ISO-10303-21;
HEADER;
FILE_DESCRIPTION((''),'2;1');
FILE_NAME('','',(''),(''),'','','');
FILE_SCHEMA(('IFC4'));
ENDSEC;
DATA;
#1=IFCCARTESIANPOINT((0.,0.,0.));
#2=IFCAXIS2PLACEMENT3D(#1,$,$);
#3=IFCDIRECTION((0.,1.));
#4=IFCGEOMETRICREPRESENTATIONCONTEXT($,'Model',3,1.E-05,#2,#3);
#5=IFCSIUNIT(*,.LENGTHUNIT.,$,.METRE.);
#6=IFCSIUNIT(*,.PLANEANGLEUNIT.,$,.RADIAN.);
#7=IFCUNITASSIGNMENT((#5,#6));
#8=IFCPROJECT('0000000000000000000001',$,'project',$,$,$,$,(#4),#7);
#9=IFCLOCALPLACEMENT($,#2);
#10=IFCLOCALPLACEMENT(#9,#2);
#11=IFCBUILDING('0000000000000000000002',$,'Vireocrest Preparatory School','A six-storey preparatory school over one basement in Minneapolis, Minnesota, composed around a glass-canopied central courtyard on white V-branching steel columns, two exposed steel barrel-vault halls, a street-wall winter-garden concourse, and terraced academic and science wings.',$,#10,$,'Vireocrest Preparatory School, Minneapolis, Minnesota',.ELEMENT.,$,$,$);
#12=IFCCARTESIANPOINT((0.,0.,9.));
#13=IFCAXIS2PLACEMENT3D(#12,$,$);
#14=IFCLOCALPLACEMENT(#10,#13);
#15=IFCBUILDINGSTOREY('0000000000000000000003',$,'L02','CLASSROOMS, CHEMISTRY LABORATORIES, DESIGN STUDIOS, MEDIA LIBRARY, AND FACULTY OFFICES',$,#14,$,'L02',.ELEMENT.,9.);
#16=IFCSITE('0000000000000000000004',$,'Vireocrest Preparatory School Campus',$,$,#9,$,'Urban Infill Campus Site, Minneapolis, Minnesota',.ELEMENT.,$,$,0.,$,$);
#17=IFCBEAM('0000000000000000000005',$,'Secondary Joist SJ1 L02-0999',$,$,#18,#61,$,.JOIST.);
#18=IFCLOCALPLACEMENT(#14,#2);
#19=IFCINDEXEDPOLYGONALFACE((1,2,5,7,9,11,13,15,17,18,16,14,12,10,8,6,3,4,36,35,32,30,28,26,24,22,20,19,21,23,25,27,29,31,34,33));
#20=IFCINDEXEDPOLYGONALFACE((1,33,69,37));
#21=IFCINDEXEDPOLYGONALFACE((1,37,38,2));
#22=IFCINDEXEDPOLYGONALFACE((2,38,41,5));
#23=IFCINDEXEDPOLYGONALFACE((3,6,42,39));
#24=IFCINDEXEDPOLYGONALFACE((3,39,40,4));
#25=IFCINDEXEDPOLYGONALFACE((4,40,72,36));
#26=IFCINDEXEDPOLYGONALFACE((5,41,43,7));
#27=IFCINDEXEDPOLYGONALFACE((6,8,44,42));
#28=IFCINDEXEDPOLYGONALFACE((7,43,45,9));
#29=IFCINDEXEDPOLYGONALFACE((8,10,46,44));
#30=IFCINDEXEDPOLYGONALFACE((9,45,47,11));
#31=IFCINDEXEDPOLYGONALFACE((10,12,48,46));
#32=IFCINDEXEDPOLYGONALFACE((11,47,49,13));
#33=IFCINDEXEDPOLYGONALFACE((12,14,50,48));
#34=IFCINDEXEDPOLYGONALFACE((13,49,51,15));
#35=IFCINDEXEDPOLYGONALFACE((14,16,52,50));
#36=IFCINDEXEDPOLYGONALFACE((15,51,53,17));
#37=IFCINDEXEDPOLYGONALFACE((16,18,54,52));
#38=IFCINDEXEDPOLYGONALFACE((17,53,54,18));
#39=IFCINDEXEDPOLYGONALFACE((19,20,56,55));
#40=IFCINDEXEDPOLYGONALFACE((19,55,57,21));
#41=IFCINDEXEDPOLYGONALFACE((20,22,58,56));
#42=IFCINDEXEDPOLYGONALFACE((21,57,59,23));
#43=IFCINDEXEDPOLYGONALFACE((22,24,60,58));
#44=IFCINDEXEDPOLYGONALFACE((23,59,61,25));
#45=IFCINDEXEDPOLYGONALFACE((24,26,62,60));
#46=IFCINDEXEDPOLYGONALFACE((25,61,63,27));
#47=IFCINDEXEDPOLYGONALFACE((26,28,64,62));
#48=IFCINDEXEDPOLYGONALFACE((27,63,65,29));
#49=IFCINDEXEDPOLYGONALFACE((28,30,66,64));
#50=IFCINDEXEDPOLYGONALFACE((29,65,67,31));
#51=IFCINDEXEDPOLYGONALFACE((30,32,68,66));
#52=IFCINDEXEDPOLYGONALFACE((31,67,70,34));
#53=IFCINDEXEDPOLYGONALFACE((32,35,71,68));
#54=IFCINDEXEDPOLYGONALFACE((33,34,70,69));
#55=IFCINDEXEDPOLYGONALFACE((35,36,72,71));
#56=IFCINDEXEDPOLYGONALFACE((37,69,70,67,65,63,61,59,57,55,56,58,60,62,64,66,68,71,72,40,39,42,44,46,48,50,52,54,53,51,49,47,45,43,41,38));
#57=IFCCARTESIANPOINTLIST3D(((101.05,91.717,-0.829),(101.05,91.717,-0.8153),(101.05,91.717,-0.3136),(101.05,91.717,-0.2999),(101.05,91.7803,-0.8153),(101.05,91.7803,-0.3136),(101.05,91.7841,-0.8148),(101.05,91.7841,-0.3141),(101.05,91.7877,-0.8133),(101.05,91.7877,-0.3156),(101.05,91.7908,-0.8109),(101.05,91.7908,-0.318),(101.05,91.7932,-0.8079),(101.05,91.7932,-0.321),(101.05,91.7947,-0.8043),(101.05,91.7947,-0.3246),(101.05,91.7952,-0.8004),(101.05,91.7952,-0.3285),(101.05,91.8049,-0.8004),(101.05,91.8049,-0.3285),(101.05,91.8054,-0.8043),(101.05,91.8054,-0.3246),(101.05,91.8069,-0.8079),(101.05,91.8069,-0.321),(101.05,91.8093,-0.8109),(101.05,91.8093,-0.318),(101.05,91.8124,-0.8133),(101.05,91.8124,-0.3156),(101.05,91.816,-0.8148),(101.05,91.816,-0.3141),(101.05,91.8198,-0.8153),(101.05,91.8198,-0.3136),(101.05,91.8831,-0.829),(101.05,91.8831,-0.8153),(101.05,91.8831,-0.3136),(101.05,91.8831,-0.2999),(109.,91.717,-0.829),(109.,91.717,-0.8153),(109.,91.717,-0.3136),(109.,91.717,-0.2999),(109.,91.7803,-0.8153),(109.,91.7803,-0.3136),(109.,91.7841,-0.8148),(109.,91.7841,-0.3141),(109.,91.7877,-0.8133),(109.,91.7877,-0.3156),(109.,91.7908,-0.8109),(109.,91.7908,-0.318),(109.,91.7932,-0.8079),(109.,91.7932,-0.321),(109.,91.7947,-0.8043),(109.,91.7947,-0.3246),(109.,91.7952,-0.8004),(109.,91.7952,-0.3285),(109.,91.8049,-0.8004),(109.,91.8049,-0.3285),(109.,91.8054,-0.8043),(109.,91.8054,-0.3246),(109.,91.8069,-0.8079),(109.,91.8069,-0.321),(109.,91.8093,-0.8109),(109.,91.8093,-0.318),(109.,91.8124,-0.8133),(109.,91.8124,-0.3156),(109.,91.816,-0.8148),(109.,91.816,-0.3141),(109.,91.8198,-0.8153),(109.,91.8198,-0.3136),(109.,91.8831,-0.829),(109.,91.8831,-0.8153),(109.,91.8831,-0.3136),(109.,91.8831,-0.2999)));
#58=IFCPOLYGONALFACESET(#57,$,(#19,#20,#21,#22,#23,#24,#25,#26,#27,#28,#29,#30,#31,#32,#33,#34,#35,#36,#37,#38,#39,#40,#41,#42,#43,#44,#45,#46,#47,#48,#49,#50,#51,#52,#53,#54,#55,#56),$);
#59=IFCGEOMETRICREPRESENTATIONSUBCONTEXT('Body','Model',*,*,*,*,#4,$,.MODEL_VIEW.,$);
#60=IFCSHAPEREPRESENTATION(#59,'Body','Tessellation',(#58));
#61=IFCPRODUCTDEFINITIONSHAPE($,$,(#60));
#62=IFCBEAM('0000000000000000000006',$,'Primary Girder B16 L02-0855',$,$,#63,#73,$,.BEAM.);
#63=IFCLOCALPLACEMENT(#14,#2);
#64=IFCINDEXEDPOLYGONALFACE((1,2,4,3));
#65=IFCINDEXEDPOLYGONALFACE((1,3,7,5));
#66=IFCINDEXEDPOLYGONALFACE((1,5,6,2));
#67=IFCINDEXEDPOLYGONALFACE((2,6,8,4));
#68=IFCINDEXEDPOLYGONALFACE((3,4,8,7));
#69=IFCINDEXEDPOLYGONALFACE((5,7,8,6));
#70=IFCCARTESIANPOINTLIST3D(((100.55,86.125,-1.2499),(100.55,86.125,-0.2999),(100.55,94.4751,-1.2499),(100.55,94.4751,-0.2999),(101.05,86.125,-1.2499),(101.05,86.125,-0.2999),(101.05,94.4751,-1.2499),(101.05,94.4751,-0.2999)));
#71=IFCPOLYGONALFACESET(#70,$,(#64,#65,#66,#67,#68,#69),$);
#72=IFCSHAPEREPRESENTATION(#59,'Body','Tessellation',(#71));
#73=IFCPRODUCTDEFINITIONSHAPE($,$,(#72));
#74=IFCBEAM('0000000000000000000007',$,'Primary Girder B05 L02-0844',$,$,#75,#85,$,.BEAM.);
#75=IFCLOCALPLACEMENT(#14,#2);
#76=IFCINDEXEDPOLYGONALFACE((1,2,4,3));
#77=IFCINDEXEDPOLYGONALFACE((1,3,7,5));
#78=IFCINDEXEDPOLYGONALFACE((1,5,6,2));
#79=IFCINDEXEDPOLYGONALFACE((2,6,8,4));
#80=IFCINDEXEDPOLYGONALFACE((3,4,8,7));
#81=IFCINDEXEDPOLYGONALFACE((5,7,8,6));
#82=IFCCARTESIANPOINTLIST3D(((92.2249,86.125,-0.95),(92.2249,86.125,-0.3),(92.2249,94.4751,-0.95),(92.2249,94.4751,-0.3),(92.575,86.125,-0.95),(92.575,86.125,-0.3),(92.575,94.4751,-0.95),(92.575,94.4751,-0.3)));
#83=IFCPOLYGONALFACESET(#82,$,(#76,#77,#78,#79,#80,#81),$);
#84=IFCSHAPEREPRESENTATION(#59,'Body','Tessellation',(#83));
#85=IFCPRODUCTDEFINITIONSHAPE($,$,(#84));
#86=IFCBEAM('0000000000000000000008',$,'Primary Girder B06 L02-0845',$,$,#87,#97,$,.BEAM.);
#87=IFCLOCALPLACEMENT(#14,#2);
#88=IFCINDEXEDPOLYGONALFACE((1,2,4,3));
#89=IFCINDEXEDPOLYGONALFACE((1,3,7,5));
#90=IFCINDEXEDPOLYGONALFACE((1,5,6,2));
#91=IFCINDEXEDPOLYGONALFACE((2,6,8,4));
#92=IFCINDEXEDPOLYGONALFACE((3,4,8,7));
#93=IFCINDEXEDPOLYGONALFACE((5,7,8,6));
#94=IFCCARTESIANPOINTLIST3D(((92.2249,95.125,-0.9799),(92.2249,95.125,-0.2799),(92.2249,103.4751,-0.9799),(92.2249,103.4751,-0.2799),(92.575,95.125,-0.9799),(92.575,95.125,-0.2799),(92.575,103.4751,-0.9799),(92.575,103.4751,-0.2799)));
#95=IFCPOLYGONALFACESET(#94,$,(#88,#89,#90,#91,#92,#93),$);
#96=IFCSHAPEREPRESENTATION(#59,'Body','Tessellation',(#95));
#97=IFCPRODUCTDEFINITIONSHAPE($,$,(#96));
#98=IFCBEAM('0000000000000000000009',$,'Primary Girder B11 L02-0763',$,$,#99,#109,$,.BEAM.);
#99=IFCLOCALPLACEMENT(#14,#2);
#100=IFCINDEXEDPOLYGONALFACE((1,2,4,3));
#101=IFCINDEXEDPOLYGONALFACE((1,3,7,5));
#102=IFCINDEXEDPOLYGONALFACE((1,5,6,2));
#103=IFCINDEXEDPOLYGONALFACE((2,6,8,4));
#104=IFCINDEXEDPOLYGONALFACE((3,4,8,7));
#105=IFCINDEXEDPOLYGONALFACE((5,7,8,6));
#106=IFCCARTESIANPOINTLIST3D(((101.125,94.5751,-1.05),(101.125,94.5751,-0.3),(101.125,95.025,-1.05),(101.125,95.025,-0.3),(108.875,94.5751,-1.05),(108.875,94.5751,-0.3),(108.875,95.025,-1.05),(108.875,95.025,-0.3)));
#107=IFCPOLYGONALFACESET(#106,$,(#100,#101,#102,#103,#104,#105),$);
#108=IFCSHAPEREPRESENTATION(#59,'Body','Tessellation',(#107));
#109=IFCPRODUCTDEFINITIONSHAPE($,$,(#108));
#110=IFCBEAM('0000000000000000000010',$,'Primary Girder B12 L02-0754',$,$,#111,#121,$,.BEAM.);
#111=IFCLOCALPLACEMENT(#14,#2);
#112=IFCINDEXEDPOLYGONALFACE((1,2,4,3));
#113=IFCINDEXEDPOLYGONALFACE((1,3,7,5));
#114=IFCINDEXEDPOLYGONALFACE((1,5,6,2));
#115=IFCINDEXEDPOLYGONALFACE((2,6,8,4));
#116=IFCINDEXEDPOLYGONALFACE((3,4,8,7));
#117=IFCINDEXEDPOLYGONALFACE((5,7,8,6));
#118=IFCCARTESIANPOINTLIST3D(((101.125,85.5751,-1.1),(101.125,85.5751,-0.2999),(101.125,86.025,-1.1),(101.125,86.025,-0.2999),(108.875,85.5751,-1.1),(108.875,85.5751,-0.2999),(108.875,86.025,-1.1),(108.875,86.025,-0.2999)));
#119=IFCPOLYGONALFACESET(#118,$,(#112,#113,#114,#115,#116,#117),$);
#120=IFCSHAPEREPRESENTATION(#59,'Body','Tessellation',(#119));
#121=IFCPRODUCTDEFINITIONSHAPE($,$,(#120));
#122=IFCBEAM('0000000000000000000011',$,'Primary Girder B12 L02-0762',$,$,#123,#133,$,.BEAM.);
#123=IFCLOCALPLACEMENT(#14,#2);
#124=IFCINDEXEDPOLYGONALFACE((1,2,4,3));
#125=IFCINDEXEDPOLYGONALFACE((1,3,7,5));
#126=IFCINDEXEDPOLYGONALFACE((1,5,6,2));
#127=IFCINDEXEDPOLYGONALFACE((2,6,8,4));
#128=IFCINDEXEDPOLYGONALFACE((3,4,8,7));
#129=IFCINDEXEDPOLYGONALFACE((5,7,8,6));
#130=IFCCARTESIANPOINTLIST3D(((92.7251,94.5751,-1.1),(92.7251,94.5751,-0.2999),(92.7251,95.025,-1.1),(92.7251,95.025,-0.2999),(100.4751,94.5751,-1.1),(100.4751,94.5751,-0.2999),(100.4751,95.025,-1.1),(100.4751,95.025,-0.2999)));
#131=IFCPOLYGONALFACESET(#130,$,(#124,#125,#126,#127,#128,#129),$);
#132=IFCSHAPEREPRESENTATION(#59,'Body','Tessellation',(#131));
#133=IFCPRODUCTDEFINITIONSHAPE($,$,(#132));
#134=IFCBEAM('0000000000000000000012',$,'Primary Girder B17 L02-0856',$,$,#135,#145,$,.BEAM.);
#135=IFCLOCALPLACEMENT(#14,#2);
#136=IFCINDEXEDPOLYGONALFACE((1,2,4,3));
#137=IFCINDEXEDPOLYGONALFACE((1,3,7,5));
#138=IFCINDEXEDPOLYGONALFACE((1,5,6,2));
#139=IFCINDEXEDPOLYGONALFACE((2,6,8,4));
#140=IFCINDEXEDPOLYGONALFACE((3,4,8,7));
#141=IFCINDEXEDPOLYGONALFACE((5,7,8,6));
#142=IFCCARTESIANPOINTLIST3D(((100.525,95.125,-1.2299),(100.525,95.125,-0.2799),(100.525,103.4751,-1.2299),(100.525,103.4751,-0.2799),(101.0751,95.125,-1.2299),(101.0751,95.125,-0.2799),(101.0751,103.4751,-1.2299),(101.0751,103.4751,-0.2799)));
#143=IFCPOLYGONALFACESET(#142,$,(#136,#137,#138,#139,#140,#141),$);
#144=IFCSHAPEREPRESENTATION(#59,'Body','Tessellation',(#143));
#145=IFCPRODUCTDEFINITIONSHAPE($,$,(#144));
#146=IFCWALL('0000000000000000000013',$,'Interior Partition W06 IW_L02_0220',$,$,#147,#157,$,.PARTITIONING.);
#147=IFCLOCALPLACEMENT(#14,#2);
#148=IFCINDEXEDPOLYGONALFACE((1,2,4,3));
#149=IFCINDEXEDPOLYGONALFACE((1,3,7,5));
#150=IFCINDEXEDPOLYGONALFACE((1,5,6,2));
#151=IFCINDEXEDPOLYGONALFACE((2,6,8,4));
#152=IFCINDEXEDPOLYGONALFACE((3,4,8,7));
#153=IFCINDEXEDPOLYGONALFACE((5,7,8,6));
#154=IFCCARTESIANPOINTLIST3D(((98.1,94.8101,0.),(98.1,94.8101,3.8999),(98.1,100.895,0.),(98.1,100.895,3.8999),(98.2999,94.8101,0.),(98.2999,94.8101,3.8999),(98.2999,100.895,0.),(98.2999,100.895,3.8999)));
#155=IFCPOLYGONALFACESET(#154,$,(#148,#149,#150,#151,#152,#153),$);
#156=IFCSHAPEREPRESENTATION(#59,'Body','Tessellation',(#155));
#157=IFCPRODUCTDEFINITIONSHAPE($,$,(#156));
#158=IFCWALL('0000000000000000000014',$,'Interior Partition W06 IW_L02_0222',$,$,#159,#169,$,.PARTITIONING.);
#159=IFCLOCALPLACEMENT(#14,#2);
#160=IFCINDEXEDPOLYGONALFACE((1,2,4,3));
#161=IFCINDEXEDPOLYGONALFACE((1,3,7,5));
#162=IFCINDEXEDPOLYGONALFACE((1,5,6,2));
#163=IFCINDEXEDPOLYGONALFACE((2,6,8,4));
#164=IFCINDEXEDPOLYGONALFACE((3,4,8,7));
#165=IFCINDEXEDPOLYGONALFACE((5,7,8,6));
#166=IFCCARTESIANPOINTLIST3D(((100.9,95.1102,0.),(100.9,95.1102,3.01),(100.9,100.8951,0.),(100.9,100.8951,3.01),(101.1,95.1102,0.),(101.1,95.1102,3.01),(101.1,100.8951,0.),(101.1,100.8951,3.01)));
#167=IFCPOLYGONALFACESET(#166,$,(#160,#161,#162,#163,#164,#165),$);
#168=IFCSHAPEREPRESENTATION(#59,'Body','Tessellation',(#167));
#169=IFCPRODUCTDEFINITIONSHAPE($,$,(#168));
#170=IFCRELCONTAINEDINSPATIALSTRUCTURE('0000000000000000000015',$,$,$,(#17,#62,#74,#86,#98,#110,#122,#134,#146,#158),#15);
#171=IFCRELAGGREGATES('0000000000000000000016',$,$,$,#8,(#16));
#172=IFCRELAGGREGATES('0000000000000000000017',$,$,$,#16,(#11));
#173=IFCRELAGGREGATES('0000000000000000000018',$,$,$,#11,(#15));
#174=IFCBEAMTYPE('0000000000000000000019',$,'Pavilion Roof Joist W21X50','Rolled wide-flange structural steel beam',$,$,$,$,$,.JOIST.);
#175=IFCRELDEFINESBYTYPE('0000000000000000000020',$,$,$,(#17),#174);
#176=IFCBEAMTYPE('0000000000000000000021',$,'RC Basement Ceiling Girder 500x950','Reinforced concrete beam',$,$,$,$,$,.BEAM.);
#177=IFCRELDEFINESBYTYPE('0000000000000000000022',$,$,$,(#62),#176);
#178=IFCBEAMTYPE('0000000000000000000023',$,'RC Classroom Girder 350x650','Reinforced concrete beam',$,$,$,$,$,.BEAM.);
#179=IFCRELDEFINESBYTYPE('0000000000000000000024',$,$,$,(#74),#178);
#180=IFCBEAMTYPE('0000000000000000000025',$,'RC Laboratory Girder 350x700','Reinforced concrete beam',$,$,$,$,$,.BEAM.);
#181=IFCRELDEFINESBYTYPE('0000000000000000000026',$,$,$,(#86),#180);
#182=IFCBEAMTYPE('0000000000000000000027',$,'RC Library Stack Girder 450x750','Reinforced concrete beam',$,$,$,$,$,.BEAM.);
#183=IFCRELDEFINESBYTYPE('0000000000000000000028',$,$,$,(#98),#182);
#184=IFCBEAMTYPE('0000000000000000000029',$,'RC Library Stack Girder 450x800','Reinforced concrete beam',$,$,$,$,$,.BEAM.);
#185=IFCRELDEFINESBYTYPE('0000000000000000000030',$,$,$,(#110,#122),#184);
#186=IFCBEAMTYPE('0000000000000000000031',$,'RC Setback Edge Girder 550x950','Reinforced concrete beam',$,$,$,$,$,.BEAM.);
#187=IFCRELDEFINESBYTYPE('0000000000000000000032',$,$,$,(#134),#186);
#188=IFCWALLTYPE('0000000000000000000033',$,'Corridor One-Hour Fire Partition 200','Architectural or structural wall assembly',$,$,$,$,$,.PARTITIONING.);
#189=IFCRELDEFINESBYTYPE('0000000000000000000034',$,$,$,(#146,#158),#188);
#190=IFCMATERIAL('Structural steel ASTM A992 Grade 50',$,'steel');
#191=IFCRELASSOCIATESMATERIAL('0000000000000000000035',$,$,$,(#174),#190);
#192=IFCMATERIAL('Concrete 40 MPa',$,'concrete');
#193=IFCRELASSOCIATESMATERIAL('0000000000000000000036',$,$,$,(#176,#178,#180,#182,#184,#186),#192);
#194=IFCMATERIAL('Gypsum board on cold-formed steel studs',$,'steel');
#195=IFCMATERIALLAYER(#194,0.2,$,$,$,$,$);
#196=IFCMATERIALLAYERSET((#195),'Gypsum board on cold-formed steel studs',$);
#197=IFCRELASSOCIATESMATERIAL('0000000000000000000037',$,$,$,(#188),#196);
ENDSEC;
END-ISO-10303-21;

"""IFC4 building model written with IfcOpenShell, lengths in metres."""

from ifc_helpers import new_model, si_unit, direction, frame, frame_2d, origin, origin_2d, place, context, subcontext, project, spatial, rectangle, i_section, extrude, material, layer, layer_set, material_profile, profile_set, type_object, element, save


model = new_model("IFC4")

# Units and contexts
model_context = context("Model", 3, precision=1e-05, world=origin(), true_north=direction((0.0, 1.0)))
body_context = subcontext(model_context, "Body", "Model", "MODEL_VIEW")
ifc_project = project(units=[si_unit("LENGTHUNIT", "METRE"), si_unit("PLANEANGLEUNIT", "RADIAN")], contexts=[model_context])

# Site, building, storey
site_placement = place(None, origin())
site = spatial("IfcSite", under=ifc_project, at=site_placement, Name="Vireocrest Preparatory School Campus", LongName="Urban Infill Campus Site, Minneapolis, Minnesota", CompositionType="ELEMENT", RefElevation=0.0)
building_placement = place(site_placement, origin())
building = spatial("IfcBuilding", under=site, at=building_placement, Name="Vireocrest Preparatory School", Description="A six-storey preparatory school over one basement in Minneapolis, Minnesota, composed around a glass-canopied central courtyard on white V-branching steel columns, two exposed steel barrel-vault halls, a street-wall winter-garden concourse, and terraced academic and science wings.", LongName="Vireocrest Preparatory School, Minneapolis, Minnesota", CompositionType="ELEMENT")
storey_placement = place(building_placement, frame((0.0, 0.0, 9.0)))
storey = spatial("IfcBuildingStorey", under=building, at=storey_placement, Name="L02", Description="CLASSROOMS, CHEMISTRY LABORATORIES, DESIGN STUDIOS, MEDIA LIBRARY, AND FACULTY OFFICES", LongName="L02", CompositionType="ELEMENT", Elevation=9.0)

# Beams
ifc_material_1 = material(Name="Structural steel ASTM A992 Grade 50", Category="steel")
ifc_material_profile_1 = material_profile(ifc_material_1, i_section(OverallWidth=0.166, OverallDepth=0.5291, WebThickness=0.0098, FlangeThickness=0.0137, FilletRadius=0.0149, at=origin_2d()), Name="W21X50")
ifc_profile_set_1 = profile_set([ifc_material_profile_1], Name="Structural steel ASTM A992 Grade 50")
beam_type_1 = type_object("IfcBeamType", Name="Pavilion Roof Joist W21X50", Description="Rolled wide-flange structural steel beam", PredefinedType="JOIST", material=ifc_profile_set_1)
for number, where, z_axis, x_axis, name in (
    (1, (101.05, 91.8, -0.5645), (1.0, 0.0, 0.0), (0.0, 1.0, 0.0), "Secondary Joist SJ1 L02-0999"),
):
    element("IfcBeam", number, at=place(storey_placement, frame(where, z_axis=z_axis, x_axis=x_axis)), inside=storey, type_object=beam_type_1, Name=name, PredefinedType="JOIST", context=body_context, shape_type="SweptSolid", body=[
        extrude(i_section(OverallWidth=0.166, OverallDepth=0.5291, WebThickness=0.0098, FlangeThickness=0.0137, FilletRadius=0.0149, at=origin_2d()), origin(), (0.0, 0.0, 1.0), 7.95),
    ])
ifc_material_2 = material(Name="Concrete 40 MPa", Category="concrete")
ifc_material_profile_2 = material_profile(ifc_material_2, rectangle(XDim=0.5, YDim=0.95, at=origin_2d()), Name="RC 500x950")
ifc_profile_set_2 = profile_set([ifc_material_profile_2], Name="Concrete 40 MPa")
beam_type_2 = type_object("IfcBeamType", Name="RC Basement Ceiling Girder 500x950", Description="Reinforced concrete beam", PredefinedType="BEAM", material=ifc_profile_set_2)
beam_1_placement = place(storey_placement, frame((100.8, 86.125, -0.7749), z_axis=(0.0, 1.0, 0.0), x_axis=(-1.0, 0.0, 0.0)))
element("IfcBeam", 2, at=beam_1_placement, inside=storey, type_object=beam_type_2, Name="Primary Girder B16 L02-0855", PredefinedType="BEAM", context=body_context, shape_type="SweptSolid", body=[
    extrude(rectangle(XDim=0.5, YDim=0.95, at=origin_2d()), origin(), (0.0, 0.0, 1.0), 8.3501),
])
ifc_material_profile_3 = material_profile(ifc_material_2, rectangle(XDim=0.3501, YDim=0.6499, at=origin_2d()), Name="RC 350x650")
ifc_profile_set_3 = profile_set([ifc_material_profile_3], Name="Concrete 40 MPa")
beam_type_3 = type_object("IfcBeamType", Name="RC Classroom Girder 350x650", Description="Reinforced concrete beam", PredefinedType="BEAM", material=ifc_profile_set_3)
beam_2_placement = place(storey_placement, frame((92.3999, 86.125, -0.625), z_axis=(0.0, 1.0, 0.0), x_axis=(-1.0, 0.0, 0.0)))
element("IfcBeam", 3, at=beam_2_placement, inside=storey, type_object=beam_type_3, Name="Primary Girder B05 L02-0844", PredefinedType="BEAM", context=body_context, shape_type="SweptSolid", body=[
    extrude(rectangle(XDim=0.3501, YDim=0.6499, at=origin_2d()), origin(), (0.0, 0.0, 1.0), 8.3501),
])
ifc_material_profile_4 = material_profile(ifc_material_2, rectangle(XDim=0.3501, YDim=0.7, at=origin_2d()), Name="RC 350x700")
ifc_profile_set_4 = profile_set([ifc_material_profile_4], Name="Concrete 40 MPa")
beam_type_4 = type_object("IfcBeamType", Name="RC Laboratory Girder 350x700", Description="Reinforced concrete beam", PredefinedType="BEAM", material=ifc_profile_set_4)
beam_3_placement = place(storey_placement, frame((92.3999, 95.125, -0.6299), z_axis=(0.0, 1.0, 0.0), x_axis=(-1.0, 0.0, 0.0)))
element("IfcBeam", 4, at=beam_3_placement, inside=storey, type_object=beam_type_4, Name="Primary Girder B06 L02-0845", PredefinedType="BEAM", context=body_context, shape_type="SweptSolid", body=[
    extrude(rectangle(XDim=0.3501, YDim=0.7, at=origin_2d()), origin(), (0.0, 0.0, 1.0), 8.3501),
])
ifc_material_profile_5 = material_profile(ifc_material_2, rectangle(XDim=0.45, YDim=0.75, at=origin_2d()), Name="RC 450x750")
ifc_profile_set_5 = profile_set([ifc_material_profile_5], Name="Concrete 40 MPa")
beam_type_5 = type_object("IfcBeamType", Name="RC Library Stack Girder 450x750", Description="Reinforced concrete beam", PredefinedType="BEAM", material=ifc_profile_set_5)
beam_4_placement = place(storey_placement, frame((101.125, 94.8, -0.675), z_axis=(1.0, 0.0, 0.0), x_axis=(0.0, 1.0, 0.0)))
element("IfcBeam", 5, at=beam_4_placement, inside=storey, type_object=beam_type_5, Name="Primary Girder B11 L02-0763", PredefinedType="BEAM", context=body_context, shape_type="SweptSolid", body=[
    extrude(rectangle(XDim=0.45, YDim=0.75, at=origin_2d()), origin(), (0.0, 0.0, 1.0), 7.75),
])
ifc_material_profile_6 = material_profile(ifc_material_2, rectangle(XDim=0.45, YDim=0.8, at=origin_2d()), Name="RC 450x800")
ifc_profile_set_6 = profile_set([ifc_material_profile_6], Name="Concrete 40 MPa")
beam_type_6 = type_object("IfcBeamType", Name="RC Library Stack Girder 450x800", Description="Reinforced concrete beam", PredefinedType="BEAM", material=ifc_profile_set_6)
for number, where, z_axis, x_axis, name in (
    (6, (101.125, 85.8, -0.7), (1.0, 0.0, 0.0), (0.0, 1.0, 0.0), "Primary Girder B12 L02-0754"),
    (7, (92.7251, 94.8, -0.7), (1.0, 0.0, 0.0), (0.0, 1.0, 0.0), "Primary Girder B12 L02-0762"),
):
    element("IfcBeam", number, at=place(storey_placement, frame(where, z_axis=z_axis, x_axis=x_axis)), inside=storey, type_object=beam_type_6, Name=name, PredefinedType="BEAM", context=body_context, shape_type="SweptSolid", body=[
        extrude(rectangle(XDim=0.45, YDim=0.8, at=origin_2d()), origin(), (0.0, 0.0, 1.0), 7.75),
    ])
ifc_material_profile_7 = material_profile(ifc_material_2, rectangle(XDim=0.55, YDim=0.95, at=origin_2d()), Name="RC 550x950")
ifc_profile_set_7 = profile_set([ifc_material_profile_7], Name="Concrete 40 MPa")
beam_type_7 = type_object("IfcBeamType", Name="RC Setback Edge Girder 550x950", Description="Reinforced concrete beam", PredefinedType="BEAM", material=ifc_profile_set_7)
beam_5_placement = place(storey_placement, frame((100.8, 95.125, -0.7549), z_axis=(0.0, 1.0, 0.0), x_axis=(-1.0, 0.0, 0.0)))
element("IfcBeam", 8, at=beam_5_placement, inside=storey, type_object=beam_type_7, Name="Primary Girder B17 L02-0856", PredefinedType="BEAM", context=body_context, shape_type="SweptSolid", body=[
    extrude(rectangle(XDim=0.55, YDim=0.95, at=origin_2d()), origin(), (0.0, 0.0, 1.0), 8.3501),
])

# Walls
ifc_material_3 = material(Name="Gypsum board on cold-formed steel studs", Category="steel")
ifc_layer_1 = layer(ifc_material_3, 0.2)
ifc_layer_set_1 = layer_set([ifc_layer_1], Name="Gypsum board on cold-formed steel studs")
wall_type_1 = type_object("IfcWallType", Name="Corridor One-Hour Fire Partition 200", Description="Architectural or structural wall assembly", PredefinedType="PARTITIONING", material=ifc_layer_set_1)
wall_1_placement = place(storey_placement, frame((98.2, 94.8101, 0.0), z_axis=(0.0, 0.0, 1.0), x_axis=(0.0, 1.0, 0.0)))
element("IfcWall", 9, at=wall_1_placement, inside=storey, type_object=wall_type_1, Name="Interior Partition W06 IW_L02_0220", PredefinedType="PARTITIONING", context=body_context, shape_type="SweptSolid", body=[
    extrude(rectangle(XDim=6.085, YDim=0.2, at=frame_2d((3.0425, 0.0))), origin(), (0.0, 0.0, 1.0), 3.8999),
])
wall_2_placement = place(storey_placement, frame((101.0, 95.1101, 0.0), z_axis=(0.0, 0.0, 1.0), x_axis=(0.0, 1.0, 0.0)))
element("IfcWall", 10, at=wall_2_placement, inside=storey, type_object=wall_type_1, Name="Interior Partition W06 IW_L02_0222", PredefinedType="PARTITIONING", context=body_context, shape_type="SweptSolid", body=[
    extrude(rectangle(XDim=5.7849, YDim=0.2, at=frame_2d((2.8926, 0.0))), origin(), (0.0, 0.0, 1.0), 3.01),
])

save(model, "model.ifc")
